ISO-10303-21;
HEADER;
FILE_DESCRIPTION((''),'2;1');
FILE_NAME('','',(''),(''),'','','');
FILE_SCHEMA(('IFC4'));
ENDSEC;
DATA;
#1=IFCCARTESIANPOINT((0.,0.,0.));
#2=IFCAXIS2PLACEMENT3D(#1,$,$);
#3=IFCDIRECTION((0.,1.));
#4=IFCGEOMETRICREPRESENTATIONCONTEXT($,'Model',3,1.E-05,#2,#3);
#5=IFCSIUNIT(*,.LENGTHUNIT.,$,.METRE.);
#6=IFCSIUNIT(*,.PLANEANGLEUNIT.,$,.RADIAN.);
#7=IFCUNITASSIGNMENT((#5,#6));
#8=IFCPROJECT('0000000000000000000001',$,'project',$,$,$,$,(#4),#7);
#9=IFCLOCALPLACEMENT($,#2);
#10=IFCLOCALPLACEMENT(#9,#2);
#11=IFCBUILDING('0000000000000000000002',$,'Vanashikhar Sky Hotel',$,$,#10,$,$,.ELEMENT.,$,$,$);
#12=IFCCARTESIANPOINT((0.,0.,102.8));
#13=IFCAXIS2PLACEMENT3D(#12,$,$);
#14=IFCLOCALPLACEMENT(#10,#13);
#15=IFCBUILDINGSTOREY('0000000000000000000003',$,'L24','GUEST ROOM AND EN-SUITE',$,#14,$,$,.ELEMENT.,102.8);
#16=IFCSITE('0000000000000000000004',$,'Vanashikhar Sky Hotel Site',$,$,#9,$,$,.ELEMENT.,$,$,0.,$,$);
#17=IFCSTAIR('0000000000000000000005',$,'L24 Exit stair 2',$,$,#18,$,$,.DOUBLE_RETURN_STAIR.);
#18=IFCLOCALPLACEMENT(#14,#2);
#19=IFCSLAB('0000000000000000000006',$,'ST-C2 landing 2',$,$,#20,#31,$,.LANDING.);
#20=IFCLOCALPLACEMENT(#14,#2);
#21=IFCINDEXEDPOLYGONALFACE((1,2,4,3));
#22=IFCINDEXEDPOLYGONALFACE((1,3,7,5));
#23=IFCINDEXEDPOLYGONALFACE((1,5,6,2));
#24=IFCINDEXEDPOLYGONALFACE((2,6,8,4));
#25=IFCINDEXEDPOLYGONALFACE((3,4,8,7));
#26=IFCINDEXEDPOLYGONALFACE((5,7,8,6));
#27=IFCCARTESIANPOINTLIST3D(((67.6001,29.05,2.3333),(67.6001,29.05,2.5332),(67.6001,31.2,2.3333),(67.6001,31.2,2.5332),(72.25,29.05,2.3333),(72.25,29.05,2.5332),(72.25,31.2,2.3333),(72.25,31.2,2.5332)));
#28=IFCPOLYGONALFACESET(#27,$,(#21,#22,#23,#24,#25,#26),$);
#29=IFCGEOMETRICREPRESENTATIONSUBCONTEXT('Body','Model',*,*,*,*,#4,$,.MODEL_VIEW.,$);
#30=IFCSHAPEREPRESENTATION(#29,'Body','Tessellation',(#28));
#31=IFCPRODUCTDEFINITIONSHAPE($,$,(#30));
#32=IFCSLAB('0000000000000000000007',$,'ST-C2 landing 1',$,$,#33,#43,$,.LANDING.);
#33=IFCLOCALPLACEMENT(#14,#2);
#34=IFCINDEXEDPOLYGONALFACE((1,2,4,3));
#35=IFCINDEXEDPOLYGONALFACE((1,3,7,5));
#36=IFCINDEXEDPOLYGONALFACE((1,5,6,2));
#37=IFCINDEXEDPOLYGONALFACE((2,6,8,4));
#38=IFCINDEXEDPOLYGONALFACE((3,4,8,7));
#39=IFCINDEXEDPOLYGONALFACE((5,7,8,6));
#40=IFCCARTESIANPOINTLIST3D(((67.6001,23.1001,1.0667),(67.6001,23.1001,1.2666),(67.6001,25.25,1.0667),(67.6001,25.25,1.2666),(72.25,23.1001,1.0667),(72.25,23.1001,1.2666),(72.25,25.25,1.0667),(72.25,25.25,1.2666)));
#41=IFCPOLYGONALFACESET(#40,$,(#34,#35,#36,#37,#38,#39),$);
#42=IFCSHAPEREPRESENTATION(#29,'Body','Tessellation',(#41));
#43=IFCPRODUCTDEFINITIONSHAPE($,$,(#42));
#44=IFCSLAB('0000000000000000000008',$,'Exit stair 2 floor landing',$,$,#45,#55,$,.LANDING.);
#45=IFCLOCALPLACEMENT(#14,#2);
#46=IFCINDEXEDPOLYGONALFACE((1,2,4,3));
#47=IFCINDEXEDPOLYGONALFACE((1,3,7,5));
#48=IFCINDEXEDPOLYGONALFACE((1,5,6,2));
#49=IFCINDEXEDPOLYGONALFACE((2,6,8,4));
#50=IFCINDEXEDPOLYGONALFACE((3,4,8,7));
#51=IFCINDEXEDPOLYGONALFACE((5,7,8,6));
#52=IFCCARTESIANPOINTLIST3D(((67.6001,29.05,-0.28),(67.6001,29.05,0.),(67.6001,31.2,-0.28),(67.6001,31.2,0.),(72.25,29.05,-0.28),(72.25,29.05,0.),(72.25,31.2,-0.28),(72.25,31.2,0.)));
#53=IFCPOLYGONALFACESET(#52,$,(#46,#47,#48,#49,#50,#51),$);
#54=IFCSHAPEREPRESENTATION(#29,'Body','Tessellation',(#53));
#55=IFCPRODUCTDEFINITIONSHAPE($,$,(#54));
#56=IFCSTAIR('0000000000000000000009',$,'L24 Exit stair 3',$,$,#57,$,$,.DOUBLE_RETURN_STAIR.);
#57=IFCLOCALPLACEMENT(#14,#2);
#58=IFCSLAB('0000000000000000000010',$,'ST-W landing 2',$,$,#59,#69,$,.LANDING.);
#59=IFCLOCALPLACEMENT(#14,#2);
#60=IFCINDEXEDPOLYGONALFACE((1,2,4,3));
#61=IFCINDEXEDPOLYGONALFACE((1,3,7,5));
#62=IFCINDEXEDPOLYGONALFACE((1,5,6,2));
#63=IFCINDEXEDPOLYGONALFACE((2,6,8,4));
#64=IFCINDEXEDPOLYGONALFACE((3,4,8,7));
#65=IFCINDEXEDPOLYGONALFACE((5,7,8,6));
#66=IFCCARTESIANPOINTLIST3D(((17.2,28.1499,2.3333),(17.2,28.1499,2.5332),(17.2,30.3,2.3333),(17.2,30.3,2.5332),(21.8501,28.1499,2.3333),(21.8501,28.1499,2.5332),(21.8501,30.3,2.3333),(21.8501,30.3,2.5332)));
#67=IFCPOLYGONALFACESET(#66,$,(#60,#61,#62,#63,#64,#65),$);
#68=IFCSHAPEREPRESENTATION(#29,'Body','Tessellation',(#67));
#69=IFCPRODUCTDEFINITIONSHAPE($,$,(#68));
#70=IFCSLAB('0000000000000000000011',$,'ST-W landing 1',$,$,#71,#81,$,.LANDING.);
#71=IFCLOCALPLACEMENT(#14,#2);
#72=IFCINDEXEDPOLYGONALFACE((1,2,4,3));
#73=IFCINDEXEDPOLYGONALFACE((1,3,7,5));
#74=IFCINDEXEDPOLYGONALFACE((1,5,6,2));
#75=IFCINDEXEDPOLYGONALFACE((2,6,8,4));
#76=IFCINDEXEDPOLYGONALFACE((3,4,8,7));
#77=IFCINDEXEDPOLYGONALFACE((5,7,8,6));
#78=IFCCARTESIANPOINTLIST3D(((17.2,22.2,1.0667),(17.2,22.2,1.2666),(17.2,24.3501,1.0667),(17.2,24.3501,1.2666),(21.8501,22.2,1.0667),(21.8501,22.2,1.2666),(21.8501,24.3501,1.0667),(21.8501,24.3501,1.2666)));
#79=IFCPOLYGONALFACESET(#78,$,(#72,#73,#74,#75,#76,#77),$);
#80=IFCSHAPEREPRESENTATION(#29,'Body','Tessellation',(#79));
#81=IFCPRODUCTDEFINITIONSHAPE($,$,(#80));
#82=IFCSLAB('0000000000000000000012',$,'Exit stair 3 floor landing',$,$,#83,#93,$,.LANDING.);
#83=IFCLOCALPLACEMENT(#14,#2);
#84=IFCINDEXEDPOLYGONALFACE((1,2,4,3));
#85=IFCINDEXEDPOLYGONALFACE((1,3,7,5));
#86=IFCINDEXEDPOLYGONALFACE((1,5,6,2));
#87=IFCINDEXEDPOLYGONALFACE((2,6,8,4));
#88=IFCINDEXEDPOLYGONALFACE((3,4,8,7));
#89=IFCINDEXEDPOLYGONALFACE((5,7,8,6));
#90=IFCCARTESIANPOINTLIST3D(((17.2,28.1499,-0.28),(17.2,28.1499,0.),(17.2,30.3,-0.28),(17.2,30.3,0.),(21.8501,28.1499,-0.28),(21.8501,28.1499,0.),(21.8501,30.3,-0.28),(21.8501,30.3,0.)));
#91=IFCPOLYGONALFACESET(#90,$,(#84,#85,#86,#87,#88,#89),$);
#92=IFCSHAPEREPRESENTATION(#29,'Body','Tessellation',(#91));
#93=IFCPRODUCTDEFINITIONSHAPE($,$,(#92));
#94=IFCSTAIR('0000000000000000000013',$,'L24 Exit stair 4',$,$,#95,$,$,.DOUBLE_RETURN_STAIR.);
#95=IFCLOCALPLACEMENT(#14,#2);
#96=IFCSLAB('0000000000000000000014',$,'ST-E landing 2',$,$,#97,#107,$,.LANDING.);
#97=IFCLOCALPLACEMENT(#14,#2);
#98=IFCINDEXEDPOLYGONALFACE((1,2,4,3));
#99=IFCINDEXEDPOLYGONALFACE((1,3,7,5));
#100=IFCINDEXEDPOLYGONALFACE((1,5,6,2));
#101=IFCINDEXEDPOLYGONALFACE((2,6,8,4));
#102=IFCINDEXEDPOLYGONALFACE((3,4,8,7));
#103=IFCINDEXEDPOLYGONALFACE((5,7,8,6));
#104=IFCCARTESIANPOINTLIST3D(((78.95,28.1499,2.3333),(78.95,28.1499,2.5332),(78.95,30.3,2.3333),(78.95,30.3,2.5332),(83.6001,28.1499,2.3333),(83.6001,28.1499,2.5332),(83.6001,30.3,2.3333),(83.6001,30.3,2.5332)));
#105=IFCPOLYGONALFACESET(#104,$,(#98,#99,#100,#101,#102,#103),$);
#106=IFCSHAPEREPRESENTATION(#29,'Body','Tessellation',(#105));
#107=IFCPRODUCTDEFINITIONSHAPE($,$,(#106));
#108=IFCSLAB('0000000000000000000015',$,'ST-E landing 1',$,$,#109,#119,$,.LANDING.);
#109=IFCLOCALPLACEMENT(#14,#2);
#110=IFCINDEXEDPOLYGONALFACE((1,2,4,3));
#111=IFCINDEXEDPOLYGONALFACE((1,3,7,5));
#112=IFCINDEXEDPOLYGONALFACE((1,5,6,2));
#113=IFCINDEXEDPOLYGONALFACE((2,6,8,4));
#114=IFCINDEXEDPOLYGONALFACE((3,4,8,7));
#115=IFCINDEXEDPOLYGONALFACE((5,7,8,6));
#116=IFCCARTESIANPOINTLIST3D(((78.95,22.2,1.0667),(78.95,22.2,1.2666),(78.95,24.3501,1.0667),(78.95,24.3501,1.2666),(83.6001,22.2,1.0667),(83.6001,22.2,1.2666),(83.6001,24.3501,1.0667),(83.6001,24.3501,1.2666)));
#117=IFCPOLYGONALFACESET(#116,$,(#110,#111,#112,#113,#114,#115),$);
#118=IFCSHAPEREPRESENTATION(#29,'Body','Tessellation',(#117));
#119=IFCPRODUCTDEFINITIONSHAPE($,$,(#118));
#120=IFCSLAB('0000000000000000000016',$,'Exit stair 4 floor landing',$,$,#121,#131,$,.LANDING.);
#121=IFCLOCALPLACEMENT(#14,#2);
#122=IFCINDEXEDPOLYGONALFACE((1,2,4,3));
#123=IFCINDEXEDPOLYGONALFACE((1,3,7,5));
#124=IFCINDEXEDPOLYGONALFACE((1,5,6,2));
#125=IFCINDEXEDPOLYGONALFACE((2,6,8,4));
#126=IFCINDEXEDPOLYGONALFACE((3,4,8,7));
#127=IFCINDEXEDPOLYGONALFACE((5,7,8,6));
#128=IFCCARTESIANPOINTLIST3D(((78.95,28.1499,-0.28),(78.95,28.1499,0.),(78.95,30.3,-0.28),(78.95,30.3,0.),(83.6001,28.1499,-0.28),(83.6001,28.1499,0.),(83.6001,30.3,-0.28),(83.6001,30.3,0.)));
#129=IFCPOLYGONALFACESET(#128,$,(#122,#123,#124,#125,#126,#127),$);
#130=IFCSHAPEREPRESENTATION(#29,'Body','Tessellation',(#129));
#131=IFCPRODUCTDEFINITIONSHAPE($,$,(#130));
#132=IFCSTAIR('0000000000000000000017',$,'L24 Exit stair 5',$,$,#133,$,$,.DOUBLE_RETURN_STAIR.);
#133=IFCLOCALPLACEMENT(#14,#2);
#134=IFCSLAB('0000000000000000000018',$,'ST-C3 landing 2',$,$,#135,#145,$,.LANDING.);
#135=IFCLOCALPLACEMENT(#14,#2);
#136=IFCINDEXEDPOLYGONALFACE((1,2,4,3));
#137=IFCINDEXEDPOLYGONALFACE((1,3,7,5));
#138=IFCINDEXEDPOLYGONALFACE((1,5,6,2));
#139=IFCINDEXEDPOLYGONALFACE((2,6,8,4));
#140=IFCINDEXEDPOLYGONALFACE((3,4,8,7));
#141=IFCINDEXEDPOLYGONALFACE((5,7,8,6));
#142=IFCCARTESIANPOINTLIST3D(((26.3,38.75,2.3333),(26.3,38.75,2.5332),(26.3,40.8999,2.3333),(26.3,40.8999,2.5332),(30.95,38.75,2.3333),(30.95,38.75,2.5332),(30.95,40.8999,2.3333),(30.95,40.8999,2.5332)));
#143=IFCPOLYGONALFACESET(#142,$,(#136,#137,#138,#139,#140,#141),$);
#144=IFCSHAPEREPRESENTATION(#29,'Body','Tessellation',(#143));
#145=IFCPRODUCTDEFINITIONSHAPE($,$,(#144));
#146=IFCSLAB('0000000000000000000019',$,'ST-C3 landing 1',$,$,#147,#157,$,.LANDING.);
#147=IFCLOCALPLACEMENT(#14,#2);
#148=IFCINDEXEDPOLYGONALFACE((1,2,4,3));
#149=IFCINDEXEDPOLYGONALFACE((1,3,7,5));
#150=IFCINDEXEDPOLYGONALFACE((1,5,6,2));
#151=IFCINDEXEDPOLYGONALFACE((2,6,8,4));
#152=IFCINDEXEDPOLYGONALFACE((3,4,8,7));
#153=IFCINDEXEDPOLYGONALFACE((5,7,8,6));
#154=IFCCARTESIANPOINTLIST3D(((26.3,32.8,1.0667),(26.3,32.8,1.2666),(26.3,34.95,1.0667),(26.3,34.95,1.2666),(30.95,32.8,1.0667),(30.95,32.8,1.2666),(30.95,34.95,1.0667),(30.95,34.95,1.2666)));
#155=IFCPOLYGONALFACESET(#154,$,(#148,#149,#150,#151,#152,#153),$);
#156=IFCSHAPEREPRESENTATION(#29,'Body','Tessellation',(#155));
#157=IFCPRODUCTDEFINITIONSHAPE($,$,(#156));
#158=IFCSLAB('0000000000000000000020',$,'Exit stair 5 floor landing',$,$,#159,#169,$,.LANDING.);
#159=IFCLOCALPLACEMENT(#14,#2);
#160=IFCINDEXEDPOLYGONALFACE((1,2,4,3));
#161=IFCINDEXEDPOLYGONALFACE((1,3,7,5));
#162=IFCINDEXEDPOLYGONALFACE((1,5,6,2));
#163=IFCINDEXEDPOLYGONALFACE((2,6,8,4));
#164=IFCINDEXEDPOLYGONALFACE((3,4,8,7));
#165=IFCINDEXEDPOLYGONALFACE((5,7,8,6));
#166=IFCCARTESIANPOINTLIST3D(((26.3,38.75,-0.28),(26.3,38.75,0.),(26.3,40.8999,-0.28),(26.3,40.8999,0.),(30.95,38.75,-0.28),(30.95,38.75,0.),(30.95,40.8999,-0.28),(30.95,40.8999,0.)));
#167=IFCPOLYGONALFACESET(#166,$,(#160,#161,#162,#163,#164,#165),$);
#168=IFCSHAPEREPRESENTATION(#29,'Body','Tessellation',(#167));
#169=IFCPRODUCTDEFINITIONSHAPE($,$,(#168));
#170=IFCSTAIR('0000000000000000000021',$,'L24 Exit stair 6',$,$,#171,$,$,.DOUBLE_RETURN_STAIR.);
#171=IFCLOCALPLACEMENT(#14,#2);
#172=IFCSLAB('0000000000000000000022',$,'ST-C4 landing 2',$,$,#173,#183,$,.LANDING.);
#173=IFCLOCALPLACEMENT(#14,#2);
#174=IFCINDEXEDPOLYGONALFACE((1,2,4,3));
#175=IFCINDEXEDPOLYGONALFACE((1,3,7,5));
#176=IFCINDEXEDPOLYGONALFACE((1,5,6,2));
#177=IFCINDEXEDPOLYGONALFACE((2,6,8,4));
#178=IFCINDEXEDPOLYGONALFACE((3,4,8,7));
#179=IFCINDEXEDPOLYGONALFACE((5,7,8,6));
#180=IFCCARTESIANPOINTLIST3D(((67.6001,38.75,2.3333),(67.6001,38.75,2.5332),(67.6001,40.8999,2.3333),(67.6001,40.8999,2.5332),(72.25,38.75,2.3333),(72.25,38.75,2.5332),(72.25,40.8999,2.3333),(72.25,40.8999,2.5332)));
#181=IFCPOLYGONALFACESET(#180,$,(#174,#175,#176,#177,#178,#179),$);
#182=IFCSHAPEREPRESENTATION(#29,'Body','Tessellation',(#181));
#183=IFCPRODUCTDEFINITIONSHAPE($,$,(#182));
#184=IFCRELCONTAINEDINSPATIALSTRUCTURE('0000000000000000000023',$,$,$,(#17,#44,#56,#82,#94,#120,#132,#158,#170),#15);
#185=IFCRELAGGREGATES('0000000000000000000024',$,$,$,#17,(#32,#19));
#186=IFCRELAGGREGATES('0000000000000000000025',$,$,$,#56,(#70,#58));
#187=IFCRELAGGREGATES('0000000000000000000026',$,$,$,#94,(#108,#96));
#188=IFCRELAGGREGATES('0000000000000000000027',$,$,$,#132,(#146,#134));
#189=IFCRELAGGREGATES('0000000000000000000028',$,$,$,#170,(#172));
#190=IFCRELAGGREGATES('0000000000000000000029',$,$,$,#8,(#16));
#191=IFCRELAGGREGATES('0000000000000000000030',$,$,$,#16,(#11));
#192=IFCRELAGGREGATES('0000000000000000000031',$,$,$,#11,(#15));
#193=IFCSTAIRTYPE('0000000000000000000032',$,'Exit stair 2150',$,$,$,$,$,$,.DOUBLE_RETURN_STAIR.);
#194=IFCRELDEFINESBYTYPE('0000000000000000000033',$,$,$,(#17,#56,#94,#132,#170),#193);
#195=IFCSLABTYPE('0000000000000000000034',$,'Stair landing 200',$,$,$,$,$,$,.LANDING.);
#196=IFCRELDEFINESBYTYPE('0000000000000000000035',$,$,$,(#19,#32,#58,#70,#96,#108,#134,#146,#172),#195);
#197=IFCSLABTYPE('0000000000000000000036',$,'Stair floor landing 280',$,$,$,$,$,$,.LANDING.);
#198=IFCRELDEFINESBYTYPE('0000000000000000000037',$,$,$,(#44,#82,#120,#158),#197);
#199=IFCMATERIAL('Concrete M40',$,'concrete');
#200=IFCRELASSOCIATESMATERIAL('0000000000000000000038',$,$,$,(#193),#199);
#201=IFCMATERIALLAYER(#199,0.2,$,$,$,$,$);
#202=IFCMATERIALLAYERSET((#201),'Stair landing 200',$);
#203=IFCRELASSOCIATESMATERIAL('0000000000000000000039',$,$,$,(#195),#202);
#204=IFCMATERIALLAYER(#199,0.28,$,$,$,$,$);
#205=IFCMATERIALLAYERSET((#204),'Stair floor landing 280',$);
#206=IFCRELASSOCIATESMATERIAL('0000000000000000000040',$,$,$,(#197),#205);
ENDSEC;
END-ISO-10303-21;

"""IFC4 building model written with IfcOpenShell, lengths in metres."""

from ifc_helpers import new_model, si_unit, direction, frame, origin, place, context, subcontext, project, spatial, polyline, outline, extrude, source, transform, mapped, material, layer, layer_set, type_object, element, aggregate, save


model = new_model("IFC4")

# Units and contexts
model_context = context("Model", 3, precision=1e-05, world=origin(), true_north=direction((0.0, 1.0)))
body_context = subcontext(model_context, "Body", "Model", "MODEL_VIEW")
ifc_project = project(units=[si_unit("LENGTHUNIT", "METRE"), si_unit("PLANEANGLEUNIT", "RADIAN")], contexts=[model_context])

# Site, building, storey
site_placement = place(None, origin())
site = spatial("IfcSite", under=ifc_project, at=site_placement, Name="Vanashikhar Sky Hotel Site", CompositionType="ELEMENT", RefElevation=0.0)
building_placement = place(site_placement, origin())
building = spatial("IfcBuilding", under=site, at=building_placement, Name="Vanashikhar Sky Hotel", CompositionType="ELEMENT")
storey_placement = place(building_placement, frame((0.0, 0.0, 102.8)))
storey = spatial("IfcBuildingStorey", under=building, at=storey_placement, Name="L24", Description="GUEST ROOM AND EN-SUITE", CompositionType="ELEMENT", Elevation=102.8)

# Shared definitions
ifc_material_1 = material(Name="Concrete M40", Category="concrete")

# Shared definitions
stair_type = type_object("IfcStairType", Name="Exit stair 2150", PredefinedType="DOUBLE_RETURN_STAIR", material=ifc_material_1)
ifc_layer_1 = layer(ifc_material_1, 0.2)
ifc_layer_set_1 = layer_set([ifc_layer_1], Name="Stair landing 200")
slab_type_1 = type_object("IfcSlabType", Name="Stair landing 200", PredefinedType="LANDING", material=ifc_layer_set_1)

# Shared definitions
ifc_layer_2 = layer(ifc_material_1, 0.28)
ifc_layer_set_2 = layer_set([ifc_layer_2], Name="Stair floor landing 280")
slab_type_2 = type_object("IfcSlabType", Name="Stair floor landing 280", PredefinedType="LANDING", material=ifc_layer_set_2)

# Stair, slabs
stair_1_placement = place(storey_placement, origin())
stair_1 = element("IfcStair", 1, at=stair_1_placement, inside=storey, type_object=stair_type, Name="L24 Exit stair 2", PredefinedType="DOUBLE_RETURN_STAIR")
shared_shape_1 = source(origin(), body_context, "Body", "SweptSolid", [
    extrude(outline(polyline([(72.25, 29.05), (72.25, 31.2), (67.6001, 31.2), (67.6001, 29.05), (72.25, 29.05)])), origin(), (0.0, 0.0, 1.0), 0.2),
])
slab_1_placement = place(storey_placement, frame((0.0, 0.0, 2.3333)))
slab_1 = element("IfcSlab", 2, at=slab_1_placement, type_object=slab_type_1, Name="ST-C2 landing 2", PredefinedType="LANDING", context=body_context, shape_type="MappedRepresentation", body=[
    mapped(shared_shape_1, transform((0.0, 0.0, 0.0), scale=1.0)),
])
shared_shape_2 = source(origin(), body_context, "Body", "SweptSolid", [
    extrude(outline(polyline([(72.25, 23.1001), (72.25, 25.25), (67.6001, 25.25), (67.6001, 23.1001), (72.25, 23.1001)])), origin(), (0.0, 0.0, 1.0), 0.2),
])
slab_2_placement = place(storey_placement, frame((0.0, 0.0, 1.0667)))
slab_2 = element("IfcSlab", 3, at=slab_2_placement, type_object=slab_type_1, Name="ST-C2 landing 1", PredefinedType="LANDING", context=body_context, shape_type="MappedRepresentation", body=[
    mapped(shared_shape_2, transform((0.0, 0.0, 0.0), scale=1.0)),
])
aggregate(stair_1, [slab_2, slab_1])

# Slab
shared_shape_3 = source(origin(), body_context, "Body", "SweptSolid", [
    extrude(outline(polyline([(72.25, 29.05), (72.25, 31.2), (67.6001, 31.2), (67.6001, 29.05), (72.25, 29.05)])), origin(), (0.0, 0.0, 1.0), 0.28),
])
slab_3_placement = place(storey_placement, frame((0.0, 0.0, -0.28)))
element("IfcSlab", 4, at=slab_3_placement, inside=storey, type_object=slab_type_2, Name="Exit stair 2 floor landing", PredefinedType="LANDING", context=body_context, shape_type="MappedRepresentation", body=[
    mapped(shared_shape_3, transform((0.0, 0.0, 0.0), scale=1.0)),
])

# Stair, slabs
stair_2_placement = place(storey_placement, origin())
stair_2 = element("IfcStair", 5, at=stair_2_placement, inside=storey, type_object=stair_type, Name="L24 Exit stair 3", PredefinedType="DOUBLE_RETURN_STAIR")
shared_shape_4 = source(origin(), body_context, "Body", "SweptSolid", [
    extrude(outline(polyline([(21.8501, 28.1499), (21.8501, 30.3), (17.2, 30.3), (17.2, 28.1499), (21.8501, 28.1499)])), origin(), (0.0, 0.0, 1.0), 0.2),
])
slab_4_placement = place(storey_placement, frame((0.0, 0.0, 2.3333)))
slab_4 = element("IfcSlab", 6, at=slab_4_placement, type_object=slab_type_1, Name="ST-W landing 2", PredefinedType="LANDING", context=body_context, shape_type="MappedRepresentation", body=[
    mapped(shared_shape_4, transform((0.0, 0.0, 0.0), scale=1.0)),
])
shared_shape_5 = source(origin(), body_context, "Body", "SweptSolid", [
    extrude(outline(polyline([(21.8501, 22.2), (21.8501, 24.3501), (17.2, 24.3501), (17.2, 22.2), (21.8501, 22.2)])), origin(), (0.0, 0.0, 1.0), 0.2),
])
slab_5_placement = place(storey_placement, frame((0.0, 0.0, 1.0667)))
slab_5 = element("IfcSlab", 7, at=slab_5_placement, type_object=slab_type_1, Name="ST-W landing 1", PredefinedType="LANDING", context=body_context, shape_type="MappedRepresentation", body=[
    mapped(shared_shape_5, transform((0.0, 0.0, 0.0), scale=1.0)),
])
aggregate(stair_2, [slab_5, slab_4])

# Slab
shared_shape_6 = source(origin(), body_context, "Body", "SweptSolid", [
    extrude(outline(polyline([(21.8501, 28.1499), (21.8501, 30.3), (17.2, 30.3), (17.2, 28.1499), (21.8501, 28.1499)])), origin(), (0.0, 0.0, 1.0), 0.28),
])
slab_6_placement = place(storey_placement, frame((0.0, 0.0, -0.28)))
element("IfcSlab", 8, at=slab_6_placement, inside=storey, type_object=slab_type_2, Name="Exit stair 3 floor landing", PredefinedType="LANDING", context=body_context, shape_type="MappedRepresentation", body=[
    mapped(shared_shape_6, transform((0.0, 0.0, 0.0), scale=1.0)),
])

# Stair, slabs
stair_3_placement = place(storey_placement, origin())
stair_3 = element("IfcStair", 9, at=stair_3_placement, inside=storey, type_object=stair_type, Name="L24 Exit stair 4", PredefinedType="DOUBLE_RETURN_STAIR")
shared_shape_7 = source(origin(), body_context, "Body", "SweptSolid", [
    extrude(outline(polyline([(83.6001, 28.1499), (83.6001, 30.3), (78.95, 30.3), (78.95, 28.1499), (83.6001, 28.1499)])), origin(), (0.0, 0.0, 1.0), 0.2),
])
slab_7_placement = place(storey_placement, frame((0.0, 0.0, 2.3333)))
slab_7 = element("IfcSlab", 10, at=slab_7_placement, type_object=slab_type_1, Name="ST-E landing 2", PredefinedType="LANDING", context=body_context, shape_type="MappedRepresentation", body=[
    mapped(shared_shape_7, transform((0.0, 0.0, 0.0), scale=1.0)),
])
shared_shape_8 = source(origin(), body_context, "Body", "SweptSolid", [
    extrude(outline(polyline([(83.6001, 22.2), (83.6001, 24.3501), (78.95, 24.3501), (78.95, 22.2), (83.6001, 22.2)])), origin(), (0.0, 0.0, 1.0), 0.2),
])
slab_8_placement = place(storey_placement, frame((0.0, 0.0, 1.0667)))
slab_8 = element("IfcSlab", 11, at=slab_8_placement, type_object=slab_type_1, Name="ST-E landing 1", PredefinedType="LANDING", context=body_context, shape_type="MappedRepresentation", body=[
    mapped(shared_shape_8, transform((0.0, 0.0, 0.0), scale=1.0)),
])
aggregate(stair_3, [slab_8, slab_7])

# Slab
shared_shape_9 = source(origin(), body_context, "Body", "SweptSolid", [
    extrude(outline(polyline([(83.6001, 28.1499), (83.6001, 30.3), (78.95, 30.3), (78.95, 28.1499), (83.6001, 28.1499)])), origin(), (0.0, 0.0, 1.0), 0.28),
])
slab_9_placement = place(storey_placement, frame((0.0, 0.0, -0.28)))
element("IfcSlab", 12, at=slab_9_placement, inside=storey, type_object=slab_type_2, Name="Exit stair 4 floor landing", PredefinedType="LANDING", context=body_context, shape_type="MappedRepresentation", body=[
    mapped(shared_shape_9, transform((0.0, 0.0, 0.0), scale=1.0)),
])

# Stair, slabs
stair_4_placement = place(storey_placement, origin())
stair_4 = element("IfcStair", 13, at=stair_4_placement, inside=storey, type_object=stair_type, Name="L24 Exit stair 5", PredefinedType="DOUBLE_RETURN_STAIR")
shared_shape_10 = source(origin(), body_context, "Body", "SweptSolid", [
    extrude(outline(polyline([(30.95, 38.75), (30.95, 40.8999), (26.3, 40.8999), (26.3, 38.75), (30.95, 38.75)])), origin(), (0.0, 0.0, 1.0), 0.2),
])
slab_10_placement = place(storey_placement, frame((0.0, 0.0, 2.3333)))
slab_10 = element("IfcSlab", 14, at=slab_10_placement, type_object=slab_type_1, Name="ST-C3 landing 2", PredefinedType="LANDING", context=body_context, shape_type="MappedRepresentation", body=[
    mapped(shared_shape_10, transform((0.0, 0.0, 0.0), scale=1.0)),
])
shared_shape_11 = source(origin(), body_context, "Body", "SweptSolid", [
    extrude(outline(polyline([(30.95, 32.8), (30.95, 34.95), (26.3, 34.95), (26.3, 32.8), (30.95, 32.8)])), origin(), (0.0, 0.0, 1.0), 0.2),
])
slab_11_placement = place(storey_placement, frame((0.0, 0.0, 1.0667)))
slab_11 = element("IfcSlab", 15, at=slab_11_placement, type_object=slab_type_1, Name="ST-C3 landing 1", PredefinedType="LANDING", context=body_context, shape_type="MappedRepresentation", body=[
    mapped(shared_shape_11, transform((0.0, 0.0, 0.0), scale=1.0)),
])
aggregate(stair_4, [slab_11, slab_10])

# Slab
shared_shape_12 = source(origin(), body_context, "Body", "SweptSolid", [
    extrude(outline(polyline([(30.95, 38.75), (30.95, 40.8999), (26.3, 40.8999), (26.3, 38.75), (30.95, 38.75)])), origin(), (0.0, 0.0, 1.0), 0.28),
])
slab_12_placement = place(storey_placement, frame((0.0, 0.0, -0.28)))
element("IfcSlab", 16, at=slab_12_placement, inside=storey, type_object=slab_type_2, Name="Exit stair 5 floor landing", PredefinedType="LANDING", context=body_context, shape_type="MappedRepresentation", body=[
    mapped(shared_shape_12, transform((0.0, 0.0, 0.0), scale=1.0)),
])

# Stair, slab
stair_5_placement = place(storey_placement, origin())
stair_5 = element("IfcStair", 17, at=stair_5_placement, inside=storey, type_object=stair_type, Name="L24 Exit stair 6", PredefinedType="DOUBLE_RETURN_STAIR")
shared_shape_13 = source(origin(), body_context, "Body", "SweptSolid", [
    extrude(outline(polyline([(72.25, 38.75), (72.25, 40.8999), (67.6001, 40.8999), (67.6001, 38.75), (72.25, 38.75)])), origin(), (0.0, 0.0, 1.0), 0.2),
])
slab_13_placement = place(storey_placement, frame((0.0, 0.0, 2.3333)))
slab_13 = element("IfcSlab", 18, at=slab_13_placement, type_object=slab_type_1, Name="ST-C4 landing 2", PredefinedType="LANDING", context=body_context, shape_type="MappedRepresentation", body=[
    mapped(shared_shape_13, transform((0.0, 0.0, 0.0), scale=1.0)),
])
aggregate(stair_5, [slab_13])

save(model, "model.ifc")
